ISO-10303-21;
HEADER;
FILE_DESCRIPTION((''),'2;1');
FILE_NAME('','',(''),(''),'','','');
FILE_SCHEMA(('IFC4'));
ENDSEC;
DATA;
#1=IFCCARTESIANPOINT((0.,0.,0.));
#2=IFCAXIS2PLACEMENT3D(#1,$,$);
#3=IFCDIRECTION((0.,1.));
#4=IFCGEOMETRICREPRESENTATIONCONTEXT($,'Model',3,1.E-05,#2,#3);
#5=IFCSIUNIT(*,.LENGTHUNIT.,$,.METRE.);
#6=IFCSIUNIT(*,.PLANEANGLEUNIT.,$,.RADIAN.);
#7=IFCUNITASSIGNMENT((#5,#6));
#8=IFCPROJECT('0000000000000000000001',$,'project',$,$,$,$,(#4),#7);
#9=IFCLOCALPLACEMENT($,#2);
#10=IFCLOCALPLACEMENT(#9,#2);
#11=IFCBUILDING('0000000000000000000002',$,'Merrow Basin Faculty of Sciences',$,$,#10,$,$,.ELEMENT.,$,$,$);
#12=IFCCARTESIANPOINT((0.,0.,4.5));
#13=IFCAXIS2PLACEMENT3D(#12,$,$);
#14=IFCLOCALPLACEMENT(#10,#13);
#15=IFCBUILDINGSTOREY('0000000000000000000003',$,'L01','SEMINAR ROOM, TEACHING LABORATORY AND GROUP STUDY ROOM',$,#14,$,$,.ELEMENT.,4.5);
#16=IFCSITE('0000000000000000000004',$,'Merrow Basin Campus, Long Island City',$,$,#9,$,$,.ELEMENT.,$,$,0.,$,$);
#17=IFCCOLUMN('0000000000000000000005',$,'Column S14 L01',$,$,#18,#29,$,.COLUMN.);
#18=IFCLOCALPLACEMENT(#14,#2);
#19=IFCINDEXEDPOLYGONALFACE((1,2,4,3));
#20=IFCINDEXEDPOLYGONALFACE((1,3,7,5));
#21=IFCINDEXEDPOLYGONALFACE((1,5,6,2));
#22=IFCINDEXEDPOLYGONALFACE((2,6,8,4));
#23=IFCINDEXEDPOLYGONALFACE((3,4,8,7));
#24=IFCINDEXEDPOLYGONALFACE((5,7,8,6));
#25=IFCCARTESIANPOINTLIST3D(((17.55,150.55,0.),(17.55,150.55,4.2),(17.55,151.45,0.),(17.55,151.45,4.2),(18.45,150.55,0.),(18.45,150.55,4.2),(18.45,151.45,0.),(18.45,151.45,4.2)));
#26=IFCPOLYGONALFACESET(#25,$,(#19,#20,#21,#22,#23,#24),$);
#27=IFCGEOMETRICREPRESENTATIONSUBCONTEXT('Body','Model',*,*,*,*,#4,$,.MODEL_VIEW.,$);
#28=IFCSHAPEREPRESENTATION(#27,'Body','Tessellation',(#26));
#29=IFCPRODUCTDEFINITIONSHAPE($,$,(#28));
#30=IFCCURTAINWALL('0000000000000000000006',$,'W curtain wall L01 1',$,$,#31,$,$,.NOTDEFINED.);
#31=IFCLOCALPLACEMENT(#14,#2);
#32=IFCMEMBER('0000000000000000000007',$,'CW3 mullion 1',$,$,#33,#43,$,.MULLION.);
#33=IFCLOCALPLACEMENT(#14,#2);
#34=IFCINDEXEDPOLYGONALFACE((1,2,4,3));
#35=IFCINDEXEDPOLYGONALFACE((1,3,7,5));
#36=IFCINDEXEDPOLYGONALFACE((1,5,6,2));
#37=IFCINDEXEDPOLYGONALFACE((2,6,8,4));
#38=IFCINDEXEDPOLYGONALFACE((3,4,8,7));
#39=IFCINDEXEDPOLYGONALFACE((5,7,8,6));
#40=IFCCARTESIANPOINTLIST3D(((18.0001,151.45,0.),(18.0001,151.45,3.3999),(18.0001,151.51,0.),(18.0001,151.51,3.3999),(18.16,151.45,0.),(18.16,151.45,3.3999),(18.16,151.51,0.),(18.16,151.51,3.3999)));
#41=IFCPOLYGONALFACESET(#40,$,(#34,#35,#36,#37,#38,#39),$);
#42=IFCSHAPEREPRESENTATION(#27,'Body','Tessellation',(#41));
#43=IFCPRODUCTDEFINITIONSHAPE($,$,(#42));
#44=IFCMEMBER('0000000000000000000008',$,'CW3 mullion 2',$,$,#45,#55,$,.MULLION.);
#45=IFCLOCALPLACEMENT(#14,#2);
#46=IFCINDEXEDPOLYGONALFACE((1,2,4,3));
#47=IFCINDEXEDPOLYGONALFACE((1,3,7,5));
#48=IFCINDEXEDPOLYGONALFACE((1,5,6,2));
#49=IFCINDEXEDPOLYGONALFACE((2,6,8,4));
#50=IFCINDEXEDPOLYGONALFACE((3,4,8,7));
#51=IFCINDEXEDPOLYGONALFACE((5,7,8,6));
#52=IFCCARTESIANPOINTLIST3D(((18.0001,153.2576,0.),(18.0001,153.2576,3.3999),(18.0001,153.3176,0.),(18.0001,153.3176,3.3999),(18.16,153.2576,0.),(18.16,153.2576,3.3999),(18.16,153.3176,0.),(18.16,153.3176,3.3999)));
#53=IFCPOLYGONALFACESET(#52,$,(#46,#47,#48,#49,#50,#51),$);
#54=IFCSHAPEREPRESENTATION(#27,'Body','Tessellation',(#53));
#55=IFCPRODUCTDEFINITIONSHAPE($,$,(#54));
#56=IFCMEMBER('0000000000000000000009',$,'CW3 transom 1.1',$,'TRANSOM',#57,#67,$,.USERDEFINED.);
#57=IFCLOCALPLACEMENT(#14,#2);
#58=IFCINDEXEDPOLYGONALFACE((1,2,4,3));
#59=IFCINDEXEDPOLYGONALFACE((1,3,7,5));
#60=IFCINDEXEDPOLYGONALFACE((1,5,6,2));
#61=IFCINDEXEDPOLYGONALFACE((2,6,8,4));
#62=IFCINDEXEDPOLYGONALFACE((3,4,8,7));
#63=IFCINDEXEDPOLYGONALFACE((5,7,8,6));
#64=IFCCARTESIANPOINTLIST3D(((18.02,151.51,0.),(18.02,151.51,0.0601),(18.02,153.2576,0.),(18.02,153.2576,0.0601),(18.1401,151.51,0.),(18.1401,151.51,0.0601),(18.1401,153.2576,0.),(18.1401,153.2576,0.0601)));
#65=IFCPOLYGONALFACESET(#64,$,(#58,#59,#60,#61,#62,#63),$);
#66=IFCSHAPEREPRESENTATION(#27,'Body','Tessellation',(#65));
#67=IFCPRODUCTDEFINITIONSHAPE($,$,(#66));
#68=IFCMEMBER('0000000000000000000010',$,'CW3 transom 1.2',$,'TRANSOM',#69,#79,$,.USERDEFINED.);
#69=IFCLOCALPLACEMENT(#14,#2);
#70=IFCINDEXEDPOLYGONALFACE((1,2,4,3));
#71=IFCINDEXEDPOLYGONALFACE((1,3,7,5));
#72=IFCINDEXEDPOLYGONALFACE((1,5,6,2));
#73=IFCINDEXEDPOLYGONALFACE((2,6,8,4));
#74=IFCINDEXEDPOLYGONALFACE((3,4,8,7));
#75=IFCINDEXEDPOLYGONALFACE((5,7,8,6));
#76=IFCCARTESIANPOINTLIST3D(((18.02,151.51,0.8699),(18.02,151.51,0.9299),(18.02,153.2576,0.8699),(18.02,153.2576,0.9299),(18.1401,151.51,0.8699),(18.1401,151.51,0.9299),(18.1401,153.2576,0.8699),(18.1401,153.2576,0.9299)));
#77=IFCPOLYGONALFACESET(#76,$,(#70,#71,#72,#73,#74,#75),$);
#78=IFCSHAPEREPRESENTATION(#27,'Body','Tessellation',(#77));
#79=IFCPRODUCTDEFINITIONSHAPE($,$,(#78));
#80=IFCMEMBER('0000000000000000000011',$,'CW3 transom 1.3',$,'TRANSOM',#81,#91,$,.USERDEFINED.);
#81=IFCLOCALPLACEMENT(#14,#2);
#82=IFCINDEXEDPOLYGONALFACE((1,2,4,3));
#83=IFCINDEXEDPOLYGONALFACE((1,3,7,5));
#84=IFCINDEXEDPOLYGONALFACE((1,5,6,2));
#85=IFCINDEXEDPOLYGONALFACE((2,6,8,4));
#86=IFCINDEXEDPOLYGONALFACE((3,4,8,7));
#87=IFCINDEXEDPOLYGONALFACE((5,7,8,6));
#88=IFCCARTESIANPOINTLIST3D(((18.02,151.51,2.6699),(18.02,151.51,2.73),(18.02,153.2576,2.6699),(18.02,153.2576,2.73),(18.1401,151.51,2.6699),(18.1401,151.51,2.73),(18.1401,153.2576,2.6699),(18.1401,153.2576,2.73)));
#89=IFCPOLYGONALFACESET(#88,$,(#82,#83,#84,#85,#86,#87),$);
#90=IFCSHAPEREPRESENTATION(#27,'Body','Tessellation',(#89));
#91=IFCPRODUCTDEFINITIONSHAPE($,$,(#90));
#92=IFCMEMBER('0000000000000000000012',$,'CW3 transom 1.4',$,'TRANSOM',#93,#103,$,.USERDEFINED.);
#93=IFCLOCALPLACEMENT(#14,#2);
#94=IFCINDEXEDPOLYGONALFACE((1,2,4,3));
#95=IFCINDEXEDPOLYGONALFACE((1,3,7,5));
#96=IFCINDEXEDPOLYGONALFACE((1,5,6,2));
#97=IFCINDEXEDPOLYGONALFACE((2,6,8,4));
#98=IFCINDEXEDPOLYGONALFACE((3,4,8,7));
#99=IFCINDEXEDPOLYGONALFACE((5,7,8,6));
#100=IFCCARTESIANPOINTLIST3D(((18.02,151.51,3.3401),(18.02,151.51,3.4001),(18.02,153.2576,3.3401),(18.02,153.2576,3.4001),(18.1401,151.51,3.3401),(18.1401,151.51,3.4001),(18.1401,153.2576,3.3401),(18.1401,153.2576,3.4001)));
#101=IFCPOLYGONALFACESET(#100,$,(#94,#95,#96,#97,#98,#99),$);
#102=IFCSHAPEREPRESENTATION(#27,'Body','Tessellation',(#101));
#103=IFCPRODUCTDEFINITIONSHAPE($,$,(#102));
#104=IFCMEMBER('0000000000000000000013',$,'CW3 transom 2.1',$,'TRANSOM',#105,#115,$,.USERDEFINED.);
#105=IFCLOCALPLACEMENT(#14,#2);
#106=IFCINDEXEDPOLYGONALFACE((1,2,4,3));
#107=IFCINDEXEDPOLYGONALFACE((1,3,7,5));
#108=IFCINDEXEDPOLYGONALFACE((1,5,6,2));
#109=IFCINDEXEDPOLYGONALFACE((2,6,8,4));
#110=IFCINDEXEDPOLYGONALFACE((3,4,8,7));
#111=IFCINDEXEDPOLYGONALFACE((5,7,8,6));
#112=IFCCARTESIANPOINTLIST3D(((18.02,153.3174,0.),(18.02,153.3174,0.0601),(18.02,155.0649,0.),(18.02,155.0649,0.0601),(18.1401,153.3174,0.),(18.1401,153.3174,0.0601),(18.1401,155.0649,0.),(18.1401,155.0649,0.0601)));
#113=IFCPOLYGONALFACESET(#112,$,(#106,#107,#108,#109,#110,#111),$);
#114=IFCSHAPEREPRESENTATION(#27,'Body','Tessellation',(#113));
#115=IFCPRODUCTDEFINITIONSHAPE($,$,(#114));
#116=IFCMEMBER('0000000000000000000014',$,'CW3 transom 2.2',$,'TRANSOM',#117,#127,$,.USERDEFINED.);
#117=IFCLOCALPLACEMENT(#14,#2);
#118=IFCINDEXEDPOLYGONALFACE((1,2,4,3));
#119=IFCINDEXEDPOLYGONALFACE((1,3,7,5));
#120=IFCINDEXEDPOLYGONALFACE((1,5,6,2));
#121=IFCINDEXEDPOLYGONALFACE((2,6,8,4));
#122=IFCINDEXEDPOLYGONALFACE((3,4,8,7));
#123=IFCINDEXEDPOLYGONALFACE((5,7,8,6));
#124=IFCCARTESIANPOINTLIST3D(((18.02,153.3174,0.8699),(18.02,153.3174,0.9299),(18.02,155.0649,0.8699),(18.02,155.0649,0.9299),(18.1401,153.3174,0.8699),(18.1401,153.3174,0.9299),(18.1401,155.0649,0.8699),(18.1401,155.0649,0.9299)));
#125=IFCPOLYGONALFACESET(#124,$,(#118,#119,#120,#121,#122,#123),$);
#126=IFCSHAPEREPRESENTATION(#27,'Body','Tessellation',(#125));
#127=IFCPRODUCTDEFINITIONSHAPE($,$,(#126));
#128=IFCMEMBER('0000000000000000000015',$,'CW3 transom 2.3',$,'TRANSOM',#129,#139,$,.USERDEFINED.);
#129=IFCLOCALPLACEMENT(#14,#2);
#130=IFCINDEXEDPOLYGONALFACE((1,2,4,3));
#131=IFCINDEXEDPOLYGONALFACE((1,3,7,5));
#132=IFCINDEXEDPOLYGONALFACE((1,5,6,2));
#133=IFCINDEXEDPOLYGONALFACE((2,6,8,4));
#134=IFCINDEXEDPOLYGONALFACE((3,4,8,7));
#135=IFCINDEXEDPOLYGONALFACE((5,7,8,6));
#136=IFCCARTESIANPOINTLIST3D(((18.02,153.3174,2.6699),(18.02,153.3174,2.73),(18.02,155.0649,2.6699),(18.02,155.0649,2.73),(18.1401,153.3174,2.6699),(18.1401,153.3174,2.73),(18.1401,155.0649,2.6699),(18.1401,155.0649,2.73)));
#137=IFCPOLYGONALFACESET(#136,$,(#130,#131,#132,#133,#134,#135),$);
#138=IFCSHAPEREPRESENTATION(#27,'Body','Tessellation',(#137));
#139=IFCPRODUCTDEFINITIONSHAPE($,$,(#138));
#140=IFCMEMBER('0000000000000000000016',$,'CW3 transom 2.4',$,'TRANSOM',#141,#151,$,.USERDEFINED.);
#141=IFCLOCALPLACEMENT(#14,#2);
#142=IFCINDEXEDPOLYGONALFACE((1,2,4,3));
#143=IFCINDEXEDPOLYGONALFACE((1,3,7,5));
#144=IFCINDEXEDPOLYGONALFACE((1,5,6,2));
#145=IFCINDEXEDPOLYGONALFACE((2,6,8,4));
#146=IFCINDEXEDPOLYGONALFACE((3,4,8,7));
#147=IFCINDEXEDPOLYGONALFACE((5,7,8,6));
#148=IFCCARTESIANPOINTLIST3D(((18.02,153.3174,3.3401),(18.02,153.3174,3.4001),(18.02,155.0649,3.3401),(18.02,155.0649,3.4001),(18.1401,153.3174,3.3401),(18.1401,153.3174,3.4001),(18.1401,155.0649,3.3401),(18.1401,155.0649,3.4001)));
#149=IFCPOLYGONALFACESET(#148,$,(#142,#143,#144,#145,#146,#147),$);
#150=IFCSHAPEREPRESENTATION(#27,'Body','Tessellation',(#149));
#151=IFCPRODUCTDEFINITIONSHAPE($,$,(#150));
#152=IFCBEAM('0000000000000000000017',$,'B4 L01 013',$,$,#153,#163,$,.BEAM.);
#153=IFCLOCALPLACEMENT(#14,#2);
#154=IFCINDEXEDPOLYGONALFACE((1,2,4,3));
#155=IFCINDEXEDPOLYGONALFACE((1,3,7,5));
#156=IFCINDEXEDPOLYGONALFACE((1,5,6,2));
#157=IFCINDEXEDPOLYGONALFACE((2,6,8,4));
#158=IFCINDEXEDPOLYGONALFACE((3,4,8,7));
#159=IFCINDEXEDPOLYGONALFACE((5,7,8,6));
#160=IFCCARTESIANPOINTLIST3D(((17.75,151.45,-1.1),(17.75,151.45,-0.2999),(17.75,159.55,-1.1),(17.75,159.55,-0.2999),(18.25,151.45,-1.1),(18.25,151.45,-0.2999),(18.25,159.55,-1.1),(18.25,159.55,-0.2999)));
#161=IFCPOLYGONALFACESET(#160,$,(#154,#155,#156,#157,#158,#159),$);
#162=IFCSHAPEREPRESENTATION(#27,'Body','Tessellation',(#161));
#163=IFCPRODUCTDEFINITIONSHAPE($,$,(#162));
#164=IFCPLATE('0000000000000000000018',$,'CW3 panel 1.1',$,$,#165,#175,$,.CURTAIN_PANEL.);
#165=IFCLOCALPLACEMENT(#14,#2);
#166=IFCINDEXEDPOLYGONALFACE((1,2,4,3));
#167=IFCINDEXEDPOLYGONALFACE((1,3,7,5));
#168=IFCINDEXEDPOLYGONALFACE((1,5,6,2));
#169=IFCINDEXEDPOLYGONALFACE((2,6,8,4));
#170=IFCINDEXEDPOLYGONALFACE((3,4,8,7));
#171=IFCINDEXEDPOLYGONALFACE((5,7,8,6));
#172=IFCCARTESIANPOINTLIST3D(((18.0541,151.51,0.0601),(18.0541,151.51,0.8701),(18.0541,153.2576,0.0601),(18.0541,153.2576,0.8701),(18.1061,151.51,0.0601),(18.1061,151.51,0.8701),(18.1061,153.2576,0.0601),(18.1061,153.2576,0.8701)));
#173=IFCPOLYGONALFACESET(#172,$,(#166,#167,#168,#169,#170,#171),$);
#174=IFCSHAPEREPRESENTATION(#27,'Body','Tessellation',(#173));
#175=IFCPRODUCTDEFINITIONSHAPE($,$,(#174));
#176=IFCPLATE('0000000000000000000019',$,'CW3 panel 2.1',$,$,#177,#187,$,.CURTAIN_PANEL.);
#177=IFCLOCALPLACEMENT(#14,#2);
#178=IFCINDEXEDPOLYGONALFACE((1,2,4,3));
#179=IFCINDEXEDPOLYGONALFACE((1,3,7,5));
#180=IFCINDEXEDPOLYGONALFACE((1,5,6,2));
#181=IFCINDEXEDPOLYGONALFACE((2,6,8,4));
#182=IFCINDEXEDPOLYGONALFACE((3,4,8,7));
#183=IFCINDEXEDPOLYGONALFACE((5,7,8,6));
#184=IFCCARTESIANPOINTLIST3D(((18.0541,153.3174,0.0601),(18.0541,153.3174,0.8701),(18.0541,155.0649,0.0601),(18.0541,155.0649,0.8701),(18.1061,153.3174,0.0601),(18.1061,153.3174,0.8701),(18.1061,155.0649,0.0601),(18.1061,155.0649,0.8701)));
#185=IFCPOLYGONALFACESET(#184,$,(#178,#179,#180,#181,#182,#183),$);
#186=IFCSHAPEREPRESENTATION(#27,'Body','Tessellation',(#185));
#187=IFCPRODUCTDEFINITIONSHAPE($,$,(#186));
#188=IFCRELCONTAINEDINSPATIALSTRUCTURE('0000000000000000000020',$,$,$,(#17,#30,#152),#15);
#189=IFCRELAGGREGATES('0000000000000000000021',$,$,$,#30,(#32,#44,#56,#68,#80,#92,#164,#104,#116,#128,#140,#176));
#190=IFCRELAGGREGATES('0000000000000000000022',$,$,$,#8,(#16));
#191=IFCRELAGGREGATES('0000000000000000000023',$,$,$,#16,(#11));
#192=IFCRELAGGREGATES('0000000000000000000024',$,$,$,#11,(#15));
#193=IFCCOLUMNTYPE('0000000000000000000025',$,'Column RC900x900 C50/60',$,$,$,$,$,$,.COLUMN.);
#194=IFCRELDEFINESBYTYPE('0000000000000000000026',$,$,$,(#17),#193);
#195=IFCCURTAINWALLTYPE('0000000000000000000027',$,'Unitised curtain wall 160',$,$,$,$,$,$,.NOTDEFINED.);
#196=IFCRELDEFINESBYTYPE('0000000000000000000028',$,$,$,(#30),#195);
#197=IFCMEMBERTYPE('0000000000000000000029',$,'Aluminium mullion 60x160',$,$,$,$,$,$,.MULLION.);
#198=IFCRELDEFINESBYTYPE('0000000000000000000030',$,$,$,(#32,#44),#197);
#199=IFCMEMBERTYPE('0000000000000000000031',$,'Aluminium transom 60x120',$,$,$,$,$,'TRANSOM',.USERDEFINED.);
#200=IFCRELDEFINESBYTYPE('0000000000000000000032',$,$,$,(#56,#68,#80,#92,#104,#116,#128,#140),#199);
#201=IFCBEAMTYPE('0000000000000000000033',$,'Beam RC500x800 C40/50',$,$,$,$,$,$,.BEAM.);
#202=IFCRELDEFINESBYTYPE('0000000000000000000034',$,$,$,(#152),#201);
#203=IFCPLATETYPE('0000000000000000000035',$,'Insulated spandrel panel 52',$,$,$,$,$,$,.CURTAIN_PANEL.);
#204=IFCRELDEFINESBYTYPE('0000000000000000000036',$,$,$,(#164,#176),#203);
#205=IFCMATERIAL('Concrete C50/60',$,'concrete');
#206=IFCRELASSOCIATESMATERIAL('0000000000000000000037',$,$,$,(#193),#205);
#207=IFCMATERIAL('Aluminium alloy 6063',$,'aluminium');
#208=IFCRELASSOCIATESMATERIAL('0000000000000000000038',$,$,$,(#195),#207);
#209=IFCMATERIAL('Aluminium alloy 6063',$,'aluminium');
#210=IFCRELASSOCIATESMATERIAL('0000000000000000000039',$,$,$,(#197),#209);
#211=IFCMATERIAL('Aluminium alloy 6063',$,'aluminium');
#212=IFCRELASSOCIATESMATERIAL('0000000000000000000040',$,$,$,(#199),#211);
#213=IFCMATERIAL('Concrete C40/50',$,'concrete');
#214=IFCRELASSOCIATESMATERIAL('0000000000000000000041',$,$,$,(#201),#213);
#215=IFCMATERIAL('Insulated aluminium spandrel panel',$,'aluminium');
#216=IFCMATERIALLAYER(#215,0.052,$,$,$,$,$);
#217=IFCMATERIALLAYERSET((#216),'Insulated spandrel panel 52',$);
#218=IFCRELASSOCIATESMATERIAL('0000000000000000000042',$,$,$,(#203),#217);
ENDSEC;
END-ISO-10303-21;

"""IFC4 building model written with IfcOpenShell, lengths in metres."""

from ifc_helpers import new_model, si_unit, direction, frame, origin, origin_2d, place, context, subcontext, project, spatial, rectangle, extrude, material, layer, layer_set, material_profile, profile_set, type_object, element, aggregate, save


model = new_model("IFC4")

# Units and contexts
model_context = context("Model", 3, precision=1e-05, world=origin(), true_north=direction((0.0, 1.0)))
body_context = subcontext(model_context, "Body", "Model", "MODEL_VIEW")
ifc_project = project(units=[si_unit("LENGTHUNIT", "METRE"), si_unit("PLANEANGLEUNIT", "RADIAN")], contexts=[model_context])

# Site, building, storey
site_placement = place(None, origin())
site = spatial("IfcSite", under=ifc_project, at=site_placement, Name="Merrow Basin Campus, Long Island City", CompositionType="ELEMENT", RefElevation=0.0)
building_placement = place(site_placement, origin())
building = spatial("IfcBuilding", under=site, at=building_placement, Name="Merrow Basin Faculty of Sciences", CompositionType="ELEMENT")
storey_placement = place(building_placement, frame((0.0, 0.0, 4.5)))
storey = spatial("IfcBuildingStorey", under=building, at=storey_placement, Name="L01", Description="SEMINAR ROOM, TEACHING LABORATORY AND GROUP STUDY ROOM", CompositionType="ELEMENT", Elevation=4.5)

# Column
ifc_material_1 = material(Name="Concrete C50/60", Category="concrete")
ifc_material_profile_1 = material_profile(ifc_material_1, rectangle(XDim=0.8999, YDim=0.8999, at=origin_2d()))
ifc_profile_set_1 = profile_set([ifc_material_profile_1], Name="Concrete C50/60")
column_type = type_object("IfcColumnType", Name="Column RC900x900 C50/60", PredefinedType="COLUMN", material=ifc_profile_set_1)
column_placement = place(storey_placement, frame((18.0, 151.0, 0.0), z_axis=(0.0, 0.0, 1.0), x_axis=(1.0, 0.0, 0.0)))
element("IfcColumn", 1, at=column_placement, inside=storey, type_object=column_type, Name="Column S14 L01", PredefinedType="COLUMN", context=body_context, shape_type="SweptSolid", body=[
    extrude(rectangle(XDim=0.8999, YDim=0.8999, at=origin_2d()), origin(), (0.0, 0.0, 1.0), 4.2),
])

# Curtain wall, members
ifc_material_2 = material(Name="Aluminium alloy 6063", Category="aluminium")
curtain_wall_type = type_object("IfcCurtainWallType", Name="Unitised curtain wall 160", PredefinedType="NOTDEFINED", material=ifc_material_2)
curtain_wall_placement = place(storey_placement, origin())
curtain_wall = element("IfcCurtainWall", 2, at=curtain_wall_placement, inside=storey, type_object=curtain_wall_type, Name="W curtain wall L01 1", PredefinedType="NOTDEFINED")
ifc_material_3 = material(Name="Aluminium alloy 6063", Category="aluminium")
ifc_material_profile_2 = material_profile(ifc_material_3, rectangle(XDim=0.1599, YDim=0.0601, at=origin_2d()))
ifc_profile_set_2 = profile_set([ifc_material_profile_2], Name="Aluminium alloy 6063")
member_type_1 = type_object("IfcMemberType", Name="Aluminium mullion 60x160", PredefinedType="MULLION", material=ifc_profile_set_2)
member_1_placement = place(storey_placement, frame((18.0801, 151.48, 0.0), z_axis=(0.0, 0.0, 1.0), x_axis=(-1.0, 0.0, 0.0)))
member_1 = element("IfcMember", 3, at=member_1_placement, type_object=member_type_1, Name="CW3 mullion 1", PredefinedType="MULLION", context=body_context, shape_type="SweptSolid", body=[
    extrude(rectangle(XDim=0.1599, YDim=0.0601, at=origin_2d()), origin(), (0.0, 0.0, 1.0), 3.3999),
])
member_2_placement = place(storey_placement, frame((18.0801, 153.2876, 0.0), z_axis=(0.0, 0.0, 1.0), x_axis=(-1.0, 0.0, 0.0)))
member_2 = element("IfcMember", 4, at=member_2_placement, type_object=member_type_1, Name="CW3 mullion 2", PredefinedType="MULLION", context=body_context, shape_type="SweptSolid", body=[
    extrude(rectangle(XDim=0.1599, YDim=0.0601, at=origin_2d()), origin(), (0.0, 0.0, 1.0), 3.3999),
])
ifc_material_4 = material(Name="Aluminium alloy 6063", Category="aluminium")
ifc_material_profile_3 = material_profile(ifc_material_4, rectangle(XDim=0.1201, YDim=0.0601, at=origin_2d()))
ifc_profile_set_3 = profile_set([ifc_material_profile_3], Name="Aluminium alloy 6063")
member_type_2 = type_object("IfcMemberType", Name="Aluminium transom 60x120", ElementType="TRANSOM", PredefinedType="USERDEFINED", material=ifc_profile_set_3)
member_3_placement = place(storey_placement, frame((18.0801, 151.51, 0.03), z_axis=(0.0, 1.0, 0.0), x_axis=(-1.0, 0.0, 0.0)))
member_3 = element("IfcMember", 5, at=member_3_placement, type_object=member_type_2, Name="CW3 transom 1.1", ObjectType="TRANSOM", PredefinedType="USERDEFINED", context=body_context, shape_type="SweptSolid", body=[
    extrude(rectangle(XDim=0.1201, YDim=0.0601, at=origin_2d()), origin(), (0.0, 0.0, 1.0), 1.7476),
])
member_4_placement = place(storey_placement, frame((18.0801, 151.51, 0.8999), z_axis=(0.0, 1.0, 0.0), x_axis=(-1.0, 0.0, 0.0)))
member_4 = element("IfcMember", 6, at=member_4_placement, type_object=member_type_2, Name="CW3 transom 1.2", ObjectType="TRANSOM", PredefinedType="USERDEFINED", context=body_context, shape_type="SweptSolid", body=[
    extrude(rectangle(XDim=0.1201, YDim=0.0601, at=origin_2d()), origin(), (0.0, 0.0, 1.0), 1.7476),
])
member_5_placement = place(storey_placement, frame((18.0801, 151.51, 2.7), z_axis=(0.0, 1.0, 0.0), x_axis=(-1.0, 0.0, 0.0)))
member_5 = element("IfcMember", 7, at=member_5_placement, type_object=member_type_2, Name="CW3 transom 1.3", ObjectType="TRANSOM", PredefinedType="USERDEFINED", context=body_context, shape_type="SweptSolid", body=[
    extrude(rectangle(XDim=0.1201, YDim=0.0601, at=origin_2d()), origin(), (0.0, 0.0, 1.0), 1.7476),
])
member_6_placement = place(storey_placement, frame((18.0801, 151.51, 3.3701), z_axis=(0.0, 1.0, 0.0), x_axis=(-1.0, 0.0, 0.0)))
member_6 = element("IfcMember", 8, at=member_6_placement, type_object=member_type_2, Name="CW3 transom 1.4", ObjectType="TRANSOM", PredefinedType="USERDEFINED", context=body_context, shape_type="SweptSolid", body=[
    extrude(rectangle(XDim=0.1201, YDim=0.0601, at=origin_2d()), origin(), (0.0, 0.0, 1.0), 1.7476),
])
member_7_placement = place(storey_placement, frame((18.0801, 153.3174, 0.03), z_axis=(0.0, 1.0, 0.0), x_axis=(-1.0, 0.0, 0.0)))
member_7 = element("IfcMember", 9, at=member_7_placement, type_object=member_type_2, Name="CW3 transom 2.1", ObjectType="TRANSOM", PredefinedType="USERDEFINED", context=body_context, shape_type="SweptSolid", body=[
    extrude(rectangle(XDim=0.1201, YDim=0.0601, at=origin_2d()), origin(), (0.0, 0.0, 1.0), 1.7476),
])
member_8_placement = place(storey_placement, frame((18.0801, 153.3174, 0.8999), z_axis=(0.0, 1.0, 0.0), x_axis=(-1.0, 0.0, 0.0)))
member_8 = element("IfcMember", 10, at=member_8_placement, type_object=member_type_2, Name="CW3 transom 2.2", ObjectType="TRANSOM", PredefinedType="USERDEFINED", context=body_context, shape_type="SweptSolid", body=[
    extrude(rectangle(XDim=0.1201, YDim=0.0601, at=origin_2d()), origin(), (0.0, 0.0, 1.0), 1.7476),
])
member_9_placement = place(storey_placement, frame((18.0801, 153.3174, 2.7), z_axis=(0.0, 1.0, 0.0), x_axis=(-1.0, 0.0, 0.0)))
member_9 = element("IfcMember", 11, at=member_9_placement, type_object=member_type_2, Name="CW3 transom 2.3", ObjectType="TRANSOM", PredefinedType="USERDEFINED", context=body_context, shape_type="SweptSolid", body=[
    extrude(rectangle(XDim=0.1201, YDim=0.0601, at=origin_2d()), origin(), (0.0, 0.0, 1.0), 1.7476),
])
member_10_placement = place(storey_placement, frame((18.0801, 153.3174, 3.3701), z_axis=(0.0, 1.0, 0.0), x_axis=(-1.0, 0.0, 0.0)))
member_10 = element("IfcMember", 12, at=member_10_placement, type_object=member_type_2, Name="CW3 transom 2.4", ObjectType="TRANSOM", PredefinedType="USERDEFINED", context=body_context, shape_type="SweptSolid", body=[
    extrude(rectangle(XDim=0.1201, YDim=0.0601, at=origin_2d()), origin(), (0.0, 0.0, 1.0), 1.7476),
])

# Beam
ifc_material_5 = material(Name="Concrete C40/50", Category="concrete")
ifc_material_profile_4 = material_profile(ifc_material_5, rectangle(XDim=0.5, YDim=0.8, at=origin_2d()))
ifc_profile_set_4 = profile_set([ifc_material_profile_4], Name="Concrete C40/50")
beam_type = type_object("IfcBeamType", Name="Beam RC500x800 C40/50", PredefinedType="BEAM", material=ifc_profile_set_4)
beam_placement = place(storey_placement, frame((18.0, 151.45, -0.7), z_axis=(0.0, 1.0, 0.0), x_axis=(-1.0, 0.0, 0.0)))
element("IfcBeam", 13, at=beam_placement, inside=storey, type_object=beam_type, Name="B4 L01 013", PredefinedType="BEAM", context=body_context, shape_type="SweptSolid", body=[
    extrude(rectangle(XDim=0.5, YDim=0.8, at=origin_2d()), origin(), (0.0, 0.0, 1.0), 8.1001),
])

# Plates
ifc_material_6 = material(Name="Insulated aluminium spandrel panel", Category="aluminium")
ifc_layer_1 = layer(ifc_material_6, 0.052)
ifc_layer_set_1 = layer_set([ifc_layer_1], Name="Insulated spandrel panel 52")
plate_type_1 = type_object("IfcPlateType", Name="Insulated spandrel panel 52", PredefinedType="CURTAIN_PANEL", material=ifc_layer_set_1)
plate_1_placement = place(storey_placement, frame((18.0801, 152.3838, 0.0601), z_axis=(0.0, 0.0, 1.0), x_axis=(0.0, 1.0, 0.0)))
plate_1 = element("IfcPlate", 14, at=plate_1_placement, type_object=plate_type_1, Name="CW3 panel 1.1", PredefinedType="CURTAIN_PANEL", context=body_context, shape_type="SweptSolid", body=[
    extrude(rectangle(XDim=1.7476, YDim=0.052, at=origin_2d()), origin(), (0.0, 0.0, 1.0), 0.8101),
])
plate_2_placement = place(storey_placement, frame((18.0801, 154.1912, 0.0601), z_axis=(0.0, 0.0, 1.0), x_axis=(0.0, 1.0, 0.0)))
plate_2 = element("IfcPlate", 15, at=plate_2_placement, type_object=plate_type_1, Name="CW3 panel 2.1", PredefinedType="CURTAIN_PANEL", context=body_context, shape_type="SweptSolid", body=[
    extrude(rectangle(XDim=1.7476, YDim=0.052, at=origin_2d()), origin(), (0.0, 0.0, 1.0), 0.8101),
])
aggregate(curtain_wall, [member_1, member_2, member_3, member_4, member_5, member_6, plate_1, member_7, member_8, member_9, member_10, plate_2])

save(model, "model.ifc")
